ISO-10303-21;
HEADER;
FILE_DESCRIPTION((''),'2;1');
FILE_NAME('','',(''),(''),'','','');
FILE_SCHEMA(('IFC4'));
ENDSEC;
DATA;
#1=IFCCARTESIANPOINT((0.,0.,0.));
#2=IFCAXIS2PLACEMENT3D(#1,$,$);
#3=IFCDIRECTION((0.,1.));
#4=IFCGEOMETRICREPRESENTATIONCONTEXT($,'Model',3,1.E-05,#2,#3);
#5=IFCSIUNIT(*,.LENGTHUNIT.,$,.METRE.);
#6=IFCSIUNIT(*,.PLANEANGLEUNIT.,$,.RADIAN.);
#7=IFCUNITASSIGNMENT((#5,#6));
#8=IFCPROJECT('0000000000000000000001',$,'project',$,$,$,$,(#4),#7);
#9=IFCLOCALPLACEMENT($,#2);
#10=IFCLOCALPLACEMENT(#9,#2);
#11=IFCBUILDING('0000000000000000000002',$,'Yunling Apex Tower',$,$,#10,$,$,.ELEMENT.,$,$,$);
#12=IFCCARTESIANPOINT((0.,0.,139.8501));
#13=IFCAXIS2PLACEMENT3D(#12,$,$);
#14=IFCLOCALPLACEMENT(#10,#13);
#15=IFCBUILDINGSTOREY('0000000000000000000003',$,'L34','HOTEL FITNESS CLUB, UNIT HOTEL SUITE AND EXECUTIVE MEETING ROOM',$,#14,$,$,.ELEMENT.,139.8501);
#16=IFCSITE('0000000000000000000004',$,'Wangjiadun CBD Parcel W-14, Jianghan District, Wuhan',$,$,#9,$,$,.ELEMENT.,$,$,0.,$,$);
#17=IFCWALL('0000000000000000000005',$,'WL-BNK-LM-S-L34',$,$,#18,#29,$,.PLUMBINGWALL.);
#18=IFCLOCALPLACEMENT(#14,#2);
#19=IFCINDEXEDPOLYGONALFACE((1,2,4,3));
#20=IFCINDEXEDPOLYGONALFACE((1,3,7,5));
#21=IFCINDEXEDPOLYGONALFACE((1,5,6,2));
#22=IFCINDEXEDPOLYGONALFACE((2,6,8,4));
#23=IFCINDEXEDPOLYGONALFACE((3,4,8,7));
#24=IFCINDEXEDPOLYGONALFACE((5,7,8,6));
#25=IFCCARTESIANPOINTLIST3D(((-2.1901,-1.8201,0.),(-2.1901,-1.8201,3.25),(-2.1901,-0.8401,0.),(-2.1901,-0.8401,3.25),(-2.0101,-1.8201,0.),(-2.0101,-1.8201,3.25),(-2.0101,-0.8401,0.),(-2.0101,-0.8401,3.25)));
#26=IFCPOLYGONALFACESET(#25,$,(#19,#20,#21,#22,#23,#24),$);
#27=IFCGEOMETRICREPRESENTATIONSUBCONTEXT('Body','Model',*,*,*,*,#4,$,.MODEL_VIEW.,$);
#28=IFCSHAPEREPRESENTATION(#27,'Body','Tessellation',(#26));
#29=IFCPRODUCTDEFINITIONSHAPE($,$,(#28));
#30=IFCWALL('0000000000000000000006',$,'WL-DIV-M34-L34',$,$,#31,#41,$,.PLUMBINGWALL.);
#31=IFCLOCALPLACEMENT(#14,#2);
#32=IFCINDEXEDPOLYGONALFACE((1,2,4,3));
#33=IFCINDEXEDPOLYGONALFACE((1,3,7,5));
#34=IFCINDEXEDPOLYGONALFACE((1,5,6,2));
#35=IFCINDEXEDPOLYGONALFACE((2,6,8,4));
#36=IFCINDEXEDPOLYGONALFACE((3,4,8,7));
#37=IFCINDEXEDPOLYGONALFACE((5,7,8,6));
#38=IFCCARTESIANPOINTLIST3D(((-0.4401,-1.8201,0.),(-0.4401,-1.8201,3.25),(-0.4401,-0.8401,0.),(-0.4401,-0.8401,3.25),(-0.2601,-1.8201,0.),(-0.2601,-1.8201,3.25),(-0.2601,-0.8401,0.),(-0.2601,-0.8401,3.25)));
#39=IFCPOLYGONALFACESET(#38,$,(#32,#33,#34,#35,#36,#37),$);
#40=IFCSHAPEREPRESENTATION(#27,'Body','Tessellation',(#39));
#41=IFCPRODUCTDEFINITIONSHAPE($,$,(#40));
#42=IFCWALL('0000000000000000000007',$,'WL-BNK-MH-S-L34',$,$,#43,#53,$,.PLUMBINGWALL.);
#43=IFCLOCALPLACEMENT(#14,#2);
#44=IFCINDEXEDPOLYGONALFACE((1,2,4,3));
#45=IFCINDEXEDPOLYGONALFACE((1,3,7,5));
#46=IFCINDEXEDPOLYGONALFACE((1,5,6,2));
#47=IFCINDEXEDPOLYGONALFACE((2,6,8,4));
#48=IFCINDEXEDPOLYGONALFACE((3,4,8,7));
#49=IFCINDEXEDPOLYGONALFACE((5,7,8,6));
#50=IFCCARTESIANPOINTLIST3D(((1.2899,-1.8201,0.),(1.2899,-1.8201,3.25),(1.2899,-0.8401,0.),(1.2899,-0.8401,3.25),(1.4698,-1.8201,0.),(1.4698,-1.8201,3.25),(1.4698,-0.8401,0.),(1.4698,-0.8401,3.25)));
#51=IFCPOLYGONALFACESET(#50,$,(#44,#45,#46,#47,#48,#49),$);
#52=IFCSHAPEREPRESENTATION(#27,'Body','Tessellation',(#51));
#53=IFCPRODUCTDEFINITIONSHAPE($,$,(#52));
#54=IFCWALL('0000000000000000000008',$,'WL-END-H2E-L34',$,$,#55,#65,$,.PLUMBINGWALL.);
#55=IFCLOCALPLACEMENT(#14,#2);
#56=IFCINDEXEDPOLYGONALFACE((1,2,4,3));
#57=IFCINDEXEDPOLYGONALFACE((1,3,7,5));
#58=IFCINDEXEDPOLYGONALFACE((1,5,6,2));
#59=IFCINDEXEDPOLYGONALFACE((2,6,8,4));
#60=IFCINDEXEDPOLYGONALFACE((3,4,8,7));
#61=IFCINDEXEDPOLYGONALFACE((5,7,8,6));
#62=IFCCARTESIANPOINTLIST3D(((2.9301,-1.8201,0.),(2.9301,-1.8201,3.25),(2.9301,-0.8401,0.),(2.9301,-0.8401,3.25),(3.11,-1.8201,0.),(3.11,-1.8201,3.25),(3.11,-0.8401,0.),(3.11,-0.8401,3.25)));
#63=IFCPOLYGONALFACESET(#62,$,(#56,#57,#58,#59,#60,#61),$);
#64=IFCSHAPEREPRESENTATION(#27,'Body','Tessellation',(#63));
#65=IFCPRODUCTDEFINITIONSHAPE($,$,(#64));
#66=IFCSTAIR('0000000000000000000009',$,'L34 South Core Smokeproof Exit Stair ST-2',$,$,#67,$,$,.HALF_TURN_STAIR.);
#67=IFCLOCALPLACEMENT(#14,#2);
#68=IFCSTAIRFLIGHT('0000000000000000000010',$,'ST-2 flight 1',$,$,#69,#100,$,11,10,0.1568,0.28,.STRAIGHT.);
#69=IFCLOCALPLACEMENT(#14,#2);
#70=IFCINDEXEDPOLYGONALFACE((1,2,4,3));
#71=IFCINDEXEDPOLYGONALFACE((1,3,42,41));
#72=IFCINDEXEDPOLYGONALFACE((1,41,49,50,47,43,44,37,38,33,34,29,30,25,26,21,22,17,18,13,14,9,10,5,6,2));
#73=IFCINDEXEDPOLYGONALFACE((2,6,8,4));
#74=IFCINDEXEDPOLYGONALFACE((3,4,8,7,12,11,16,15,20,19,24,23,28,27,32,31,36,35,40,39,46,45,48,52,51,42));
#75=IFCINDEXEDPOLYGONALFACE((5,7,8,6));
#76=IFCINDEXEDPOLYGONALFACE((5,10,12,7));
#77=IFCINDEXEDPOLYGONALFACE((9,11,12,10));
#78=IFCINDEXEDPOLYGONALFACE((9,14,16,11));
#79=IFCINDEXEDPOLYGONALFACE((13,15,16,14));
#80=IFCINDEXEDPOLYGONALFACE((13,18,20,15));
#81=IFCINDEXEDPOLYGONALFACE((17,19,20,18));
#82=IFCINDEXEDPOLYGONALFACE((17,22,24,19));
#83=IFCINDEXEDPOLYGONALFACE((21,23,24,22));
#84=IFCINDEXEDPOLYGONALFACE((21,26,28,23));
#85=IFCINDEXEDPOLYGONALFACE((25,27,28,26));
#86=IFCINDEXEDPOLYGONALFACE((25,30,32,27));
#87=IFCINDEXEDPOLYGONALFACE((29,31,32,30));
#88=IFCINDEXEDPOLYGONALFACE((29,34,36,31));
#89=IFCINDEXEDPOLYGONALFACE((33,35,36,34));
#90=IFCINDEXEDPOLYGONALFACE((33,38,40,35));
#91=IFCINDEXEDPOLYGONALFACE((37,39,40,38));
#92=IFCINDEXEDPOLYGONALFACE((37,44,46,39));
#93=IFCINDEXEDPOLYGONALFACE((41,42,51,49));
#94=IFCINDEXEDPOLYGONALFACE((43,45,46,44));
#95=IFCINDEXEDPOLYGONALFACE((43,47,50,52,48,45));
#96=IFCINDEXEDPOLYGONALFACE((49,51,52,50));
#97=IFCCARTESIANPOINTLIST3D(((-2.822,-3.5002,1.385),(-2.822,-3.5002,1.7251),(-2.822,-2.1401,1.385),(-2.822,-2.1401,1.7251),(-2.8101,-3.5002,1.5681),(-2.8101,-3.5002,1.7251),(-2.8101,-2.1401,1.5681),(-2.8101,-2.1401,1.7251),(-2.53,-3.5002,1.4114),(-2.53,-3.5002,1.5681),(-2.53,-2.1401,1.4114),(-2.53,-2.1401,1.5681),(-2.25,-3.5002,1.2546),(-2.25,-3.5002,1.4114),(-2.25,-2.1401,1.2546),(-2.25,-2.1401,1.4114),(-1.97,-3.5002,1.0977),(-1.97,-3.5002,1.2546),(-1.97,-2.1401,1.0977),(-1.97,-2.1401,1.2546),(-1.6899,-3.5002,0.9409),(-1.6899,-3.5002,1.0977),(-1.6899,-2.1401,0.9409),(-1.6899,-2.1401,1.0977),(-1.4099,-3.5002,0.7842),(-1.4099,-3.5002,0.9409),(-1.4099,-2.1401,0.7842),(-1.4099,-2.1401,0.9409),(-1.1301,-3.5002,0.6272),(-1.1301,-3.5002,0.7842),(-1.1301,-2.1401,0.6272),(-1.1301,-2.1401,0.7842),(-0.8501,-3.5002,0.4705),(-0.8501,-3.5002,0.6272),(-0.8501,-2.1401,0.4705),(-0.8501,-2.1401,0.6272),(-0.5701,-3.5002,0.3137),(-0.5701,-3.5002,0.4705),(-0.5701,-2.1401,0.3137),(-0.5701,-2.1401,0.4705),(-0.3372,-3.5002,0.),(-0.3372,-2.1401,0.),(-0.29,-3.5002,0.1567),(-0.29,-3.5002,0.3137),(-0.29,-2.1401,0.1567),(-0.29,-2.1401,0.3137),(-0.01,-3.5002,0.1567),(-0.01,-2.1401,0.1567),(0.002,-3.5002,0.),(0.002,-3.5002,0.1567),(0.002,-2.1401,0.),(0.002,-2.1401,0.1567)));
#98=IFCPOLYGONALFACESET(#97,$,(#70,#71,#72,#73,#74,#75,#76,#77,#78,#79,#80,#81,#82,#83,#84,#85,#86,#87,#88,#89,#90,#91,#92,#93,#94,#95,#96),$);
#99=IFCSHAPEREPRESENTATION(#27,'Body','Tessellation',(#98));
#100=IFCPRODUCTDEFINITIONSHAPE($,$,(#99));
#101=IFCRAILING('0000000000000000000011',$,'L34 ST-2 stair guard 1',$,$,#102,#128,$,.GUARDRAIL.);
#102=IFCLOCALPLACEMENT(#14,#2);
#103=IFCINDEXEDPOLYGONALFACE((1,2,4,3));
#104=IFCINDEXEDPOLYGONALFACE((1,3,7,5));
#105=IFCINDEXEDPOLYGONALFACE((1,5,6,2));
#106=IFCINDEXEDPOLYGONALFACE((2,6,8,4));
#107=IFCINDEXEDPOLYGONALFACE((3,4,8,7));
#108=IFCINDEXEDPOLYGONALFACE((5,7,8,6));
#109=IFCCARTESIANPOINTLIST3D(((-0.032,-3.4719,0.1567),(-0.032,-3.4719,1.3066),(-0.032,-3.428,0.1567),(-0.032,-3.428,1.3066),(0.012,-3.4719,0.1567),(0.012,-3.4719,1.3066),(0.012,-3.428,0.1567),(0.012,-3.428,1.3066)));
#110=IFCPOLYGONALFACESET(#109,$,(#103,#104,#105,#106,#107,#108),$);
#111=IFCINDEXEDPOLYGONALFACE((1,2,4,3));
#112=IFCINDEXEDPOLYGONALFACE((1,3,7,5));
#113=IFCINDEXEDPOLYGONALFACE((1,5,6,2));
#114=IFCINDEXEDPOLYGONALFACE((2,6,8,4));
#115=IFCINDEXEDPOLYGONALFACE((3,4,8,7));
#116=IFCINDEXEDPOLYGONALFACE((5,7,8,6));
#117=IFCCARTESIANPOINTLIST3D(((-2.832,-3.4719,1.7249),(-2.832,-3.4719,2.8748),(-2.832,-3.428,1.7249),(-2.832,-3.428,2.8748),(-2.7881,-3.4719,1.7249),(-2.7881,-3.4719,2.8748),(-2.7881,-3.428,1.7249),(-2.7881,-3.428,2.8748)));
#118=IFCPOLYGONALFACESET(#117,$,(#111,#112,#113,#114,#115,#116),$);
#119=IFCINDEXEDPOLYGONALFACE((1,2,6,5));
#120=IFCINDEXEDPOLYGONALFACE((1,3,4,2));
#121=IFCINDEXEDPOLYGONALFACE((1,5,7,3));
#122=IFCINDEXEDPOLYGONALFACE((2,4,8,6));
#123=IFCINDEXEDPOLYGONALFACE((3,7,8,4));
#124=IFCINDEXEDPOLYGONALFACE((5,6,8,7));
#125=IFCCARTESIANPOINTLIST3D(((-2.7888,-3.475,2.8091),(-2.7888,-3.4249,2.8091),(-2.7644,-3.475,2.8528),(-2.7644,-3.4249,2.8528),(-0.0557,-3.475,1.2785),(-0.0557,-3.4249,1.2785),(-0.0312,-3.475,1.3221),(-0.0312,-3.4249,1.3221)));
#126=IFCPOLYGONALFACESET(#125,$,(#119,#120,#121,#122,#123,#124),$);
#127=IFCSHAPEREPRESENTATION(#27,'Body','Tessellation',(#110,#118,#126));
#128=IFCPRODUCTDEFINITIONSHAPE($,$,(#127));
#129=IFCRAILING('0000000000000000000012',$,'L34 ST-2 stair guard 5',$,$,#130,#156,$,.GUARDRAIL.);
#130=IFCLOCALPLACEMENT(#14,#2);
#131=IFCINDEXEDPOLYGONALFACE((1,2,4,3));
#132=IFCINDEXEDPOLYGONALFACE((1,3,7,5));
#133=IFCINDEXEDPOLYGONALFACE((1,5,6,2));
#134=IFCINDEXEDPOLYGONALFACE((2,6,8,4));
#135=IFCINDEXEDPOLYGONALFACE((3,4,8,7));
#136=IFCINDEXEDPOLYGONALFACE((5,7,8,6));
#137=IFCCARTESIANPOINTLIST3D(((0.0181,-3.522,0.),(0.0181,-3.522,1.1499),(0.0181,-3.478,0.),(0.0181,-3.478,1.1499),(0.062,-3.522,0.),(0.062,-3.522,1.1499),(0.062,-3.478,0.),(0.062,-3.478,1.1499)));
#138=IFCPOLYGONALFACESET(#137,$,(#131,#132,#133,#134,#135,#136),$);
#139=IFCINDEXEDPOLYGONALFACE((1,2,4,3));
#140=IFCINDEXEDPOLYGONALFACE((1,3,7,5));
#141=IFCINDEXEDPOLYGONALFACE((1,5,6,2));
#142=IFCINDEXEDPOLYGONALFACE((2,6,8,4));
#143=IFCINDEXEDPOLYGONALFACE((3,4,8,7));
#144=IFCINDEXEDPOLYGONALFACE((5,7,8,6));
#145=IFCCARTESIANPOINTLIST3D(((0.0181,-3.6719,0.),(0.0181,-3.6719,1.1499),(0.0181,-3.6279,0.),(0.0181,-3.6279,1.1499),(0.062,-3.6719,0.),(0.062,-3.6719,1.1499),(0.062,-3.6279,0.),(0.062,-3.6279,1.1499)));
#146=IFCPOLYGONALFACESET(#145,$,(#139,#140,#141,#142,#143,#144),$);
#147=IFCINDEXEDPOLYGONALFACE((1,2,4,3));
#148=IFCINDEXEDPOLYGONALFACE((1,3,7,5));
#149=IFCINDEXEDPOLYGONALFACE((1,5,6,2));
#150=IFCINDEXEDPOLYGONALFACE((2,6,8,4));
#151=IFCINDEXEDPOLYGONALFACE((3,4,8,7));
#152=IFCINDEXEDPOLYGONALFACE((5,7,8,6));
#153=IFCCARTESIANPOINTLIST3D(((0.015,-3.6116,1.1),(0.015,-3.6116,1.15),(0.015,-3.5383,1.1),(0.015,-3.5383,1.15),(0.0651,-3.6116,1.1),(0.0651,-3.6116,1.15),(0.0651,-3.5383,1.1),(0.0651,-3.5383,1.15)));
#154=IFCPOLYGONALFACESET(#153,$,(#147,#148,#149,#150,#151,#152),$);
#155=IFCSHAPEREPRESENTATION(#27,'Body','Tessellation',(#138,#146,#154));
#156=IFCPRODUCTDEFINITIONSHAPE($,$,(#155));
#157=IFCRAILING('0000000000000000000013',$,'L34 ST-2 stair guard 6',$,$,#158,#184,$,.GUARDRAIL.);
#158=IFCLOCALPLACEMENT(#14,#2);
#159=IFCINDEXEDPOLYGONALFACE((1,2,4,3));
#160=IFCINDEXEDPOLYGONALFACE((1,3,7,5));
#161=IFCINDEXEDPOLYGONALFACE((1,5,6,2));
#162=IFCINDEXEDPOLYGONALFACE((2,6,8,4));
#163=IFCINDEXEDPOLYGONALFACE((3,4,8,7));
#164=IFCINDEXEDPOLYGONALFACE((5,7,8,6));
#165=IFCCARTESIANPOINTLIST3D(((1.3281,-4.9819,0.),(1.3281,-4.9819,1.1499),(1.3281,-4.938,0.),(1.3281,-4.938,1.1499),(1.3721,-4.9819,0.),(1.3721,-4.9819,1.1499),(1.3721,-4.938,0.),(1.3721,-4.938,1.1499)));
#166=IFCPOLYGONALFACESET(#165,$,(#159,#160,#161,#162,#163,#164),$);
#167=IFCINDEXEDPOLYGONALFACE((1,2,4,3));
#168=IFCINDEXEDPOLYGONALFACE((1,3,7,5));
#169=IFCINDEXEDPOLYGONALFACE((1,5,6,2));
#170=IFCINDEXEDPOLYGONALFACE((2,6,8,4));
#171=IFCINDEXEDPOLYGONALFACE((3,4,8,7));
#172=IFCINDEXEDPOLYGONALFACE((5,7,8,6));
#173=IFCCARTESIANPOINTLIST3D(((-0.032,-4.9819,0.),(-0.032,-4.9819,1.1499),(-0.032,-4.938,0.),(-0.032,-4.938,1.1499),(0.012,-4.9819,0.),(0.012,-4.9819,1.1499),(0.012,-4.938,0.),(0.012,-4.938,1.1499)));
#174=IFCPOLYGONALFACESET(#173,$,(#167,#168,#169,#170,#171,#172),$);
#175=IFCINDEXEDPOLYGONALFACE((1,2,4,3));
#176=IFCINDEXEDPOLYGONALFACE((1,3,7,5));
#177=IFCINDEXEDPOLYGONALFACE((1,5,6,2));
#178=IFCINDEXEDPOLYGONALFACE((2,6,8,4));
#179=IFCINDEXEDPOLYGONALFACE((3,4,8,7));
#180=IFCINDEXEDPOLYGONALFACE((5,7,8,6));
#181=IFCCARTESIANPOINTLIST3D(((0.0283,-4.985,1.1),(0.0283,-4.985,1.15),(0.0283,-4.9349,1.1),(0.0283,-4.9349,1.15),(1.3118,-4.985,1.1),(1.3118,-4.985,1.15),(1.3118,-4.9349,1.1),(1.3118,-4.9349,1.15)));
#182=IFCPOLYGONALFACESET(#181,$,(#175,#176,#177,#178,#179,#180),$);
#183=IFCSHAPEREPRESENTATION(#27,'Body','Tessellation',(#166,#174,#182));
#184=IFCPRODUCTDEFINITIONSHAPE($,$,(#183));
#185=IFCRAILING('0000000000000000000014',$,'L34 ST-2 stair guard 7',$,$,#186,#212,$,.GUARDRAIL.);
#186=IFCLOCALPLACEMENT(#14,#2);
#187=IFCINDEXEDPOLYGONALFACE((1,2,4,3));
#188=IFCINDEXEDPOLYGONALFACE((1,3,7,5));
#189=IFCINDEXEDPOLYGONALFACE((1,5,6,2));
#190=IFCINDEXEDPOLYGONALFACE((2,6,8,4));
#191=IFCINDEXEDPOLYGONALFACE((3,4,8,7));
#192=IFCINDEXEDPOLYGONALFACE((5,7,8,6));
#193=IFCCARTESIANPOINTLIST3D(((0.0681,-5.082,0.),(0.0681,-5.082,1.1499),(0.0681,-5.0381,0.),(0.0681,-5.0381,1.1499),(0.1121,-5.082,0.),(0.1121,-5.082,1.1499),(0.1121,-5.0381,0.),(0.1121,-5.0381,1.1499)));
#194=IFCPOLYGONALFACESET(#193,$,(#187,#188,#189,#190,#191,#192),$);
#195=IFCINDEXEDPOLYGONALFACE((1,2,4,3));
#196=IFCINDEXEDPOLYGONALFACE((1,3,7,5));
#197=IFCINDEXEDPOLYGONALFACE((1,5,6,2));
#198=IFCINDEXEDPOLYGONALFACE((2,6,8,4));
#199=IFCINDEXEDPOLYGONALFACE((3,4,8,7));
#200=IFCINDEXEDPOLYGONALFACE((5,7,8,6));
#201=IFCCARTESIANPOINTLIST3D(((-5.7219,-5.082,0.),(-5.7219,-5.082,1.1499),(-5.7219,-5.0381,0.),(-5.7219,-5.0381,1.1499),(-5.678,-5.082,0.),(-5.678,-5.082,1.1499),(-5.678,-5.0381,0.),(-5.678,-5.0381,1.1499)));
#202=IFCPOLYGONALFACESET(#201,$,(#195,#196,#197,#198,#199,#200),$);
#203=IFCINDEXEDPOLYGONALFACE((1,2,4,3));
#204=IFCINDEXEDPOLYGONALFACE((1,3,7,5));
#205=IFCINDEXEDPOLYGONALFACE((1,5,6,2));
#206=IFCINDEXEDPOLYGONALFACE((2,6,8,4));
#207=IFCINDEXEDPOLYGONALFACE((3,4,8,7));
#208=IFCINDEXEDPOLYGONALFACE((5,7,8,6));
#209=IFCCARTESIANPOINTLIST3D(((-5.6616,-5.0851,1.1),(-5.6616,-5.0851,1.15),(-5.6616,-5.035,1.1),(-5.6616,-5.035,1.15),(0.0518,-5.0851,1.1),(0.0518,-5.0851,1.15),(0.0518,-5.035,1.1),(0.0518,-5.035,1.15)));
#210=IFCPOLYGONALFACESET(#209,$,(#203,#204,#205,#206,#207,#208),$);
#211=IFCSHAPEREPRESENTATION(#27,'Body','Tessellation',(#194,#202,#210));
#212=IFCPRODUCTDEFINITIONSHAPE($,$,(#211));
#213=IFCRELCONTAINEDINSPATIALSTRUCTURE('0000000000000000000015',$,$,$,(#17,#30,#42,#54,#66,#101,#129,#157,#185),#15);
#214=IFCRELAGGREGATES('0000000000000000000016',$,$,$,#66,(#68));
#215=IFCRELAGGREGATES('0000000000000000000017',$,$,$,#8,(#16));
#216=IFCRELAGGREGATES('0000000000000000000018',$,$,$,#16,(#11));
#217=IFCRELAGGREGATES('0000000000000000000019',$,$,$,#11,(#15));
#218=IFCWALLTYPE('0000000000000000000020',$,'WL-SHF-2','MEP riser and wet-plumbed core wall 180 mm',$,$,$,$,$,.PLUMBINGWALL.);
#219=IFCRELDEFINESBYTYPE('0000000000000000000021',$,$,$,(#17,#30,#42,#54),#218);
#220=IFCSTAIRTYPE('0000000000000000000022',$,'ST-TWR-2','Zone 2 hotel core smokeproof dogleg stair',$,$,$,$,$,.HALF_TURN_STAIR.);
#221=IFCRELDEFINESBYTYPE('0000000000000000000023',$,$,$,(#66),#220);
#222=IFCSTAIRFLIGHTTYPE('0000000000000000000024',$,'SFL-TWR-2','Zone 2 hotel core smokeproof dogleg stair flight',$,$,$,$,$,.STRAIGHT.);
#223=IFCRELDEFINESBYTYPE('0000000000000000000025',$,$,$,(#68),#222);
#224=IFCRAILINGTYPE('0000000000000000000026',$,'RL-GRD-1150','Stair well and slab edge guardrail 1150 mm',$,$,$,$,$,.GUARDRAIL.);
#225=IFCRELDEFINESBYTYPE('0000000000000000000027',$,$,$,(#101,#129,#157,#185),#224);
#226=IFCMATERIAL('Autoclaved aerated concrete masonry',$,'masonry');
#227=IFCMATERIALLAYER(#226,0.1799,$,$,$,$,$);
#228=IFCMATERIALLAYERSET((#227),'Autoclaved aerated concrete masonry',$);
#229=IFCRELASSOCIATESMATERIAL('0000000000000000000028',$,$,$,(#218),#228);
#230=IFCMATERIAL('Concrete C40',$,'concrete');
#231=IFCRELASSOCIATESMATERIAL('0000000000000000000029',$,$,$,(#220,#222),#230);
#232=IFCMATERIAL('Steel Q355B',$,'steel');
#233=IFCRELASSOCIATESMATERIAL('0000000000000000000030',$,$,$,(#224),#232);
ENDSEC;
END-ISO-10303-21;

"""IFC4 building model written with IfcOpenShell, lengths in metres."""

from ifc_helpers import new_model, si_unit, direction, frame, frame_2d, origin, origin_2d, place, context, subcontext, project, spatial, polyline, rectangle, outline, extrude, material, layer, layer_set, type_object, element, aggregate, save


model = new_model("IFC4")

# Units and contexts
model_context = context("Model", 3, precision=1e-05, world=origin(), true_north=direction((0.0, 1.0)))
body_context = subcontext(model_context, "Body", "Model", "MODEL_VIEW")
ifc_project = project(units=[si_unit("LENGTHUNIT", "METRE"), si_unit("PLANEANGLEUNIT", "RADIAN")], contexts=[model_context])

# Site, building, storey
site_placement = place(None, origin())
site = spatial("IfcSite", under=ifc_project, at=site_placement, Name="Wangjiadun CBD Parcel W-14, Jianghan District, Wuhan", CompositionType="ELEMENT", RefElevation=0.0)
building_placement = place(site_placement, origin())
building = spatial("IfcBuilding", under=site, at=building_placement, Name="Yunling Apex Tower", CompositionType="ELEMENT")
storey_placement = place(building_placement, frame((0.0, 0.0, 139.8501)))
storey = spatial("IfcBuildingStorey", under=building, at=storey_placement, Name="L34", Description="HOTEL FITNESS CLUB, UNIT HOTEL SUITE AND EXECUTIVE MEETING ROOM", CompositionType="ELEMENT", Elevation=139.8501)

# Shared definitions
ifc_material_1 = material(Name="Concrete C40", Category="concrete")

# Shared definitions
ifc_material_2 = material(Name="Autoclaved aerated concrete masonry", Category="masonry")
ifc_material_3 = material(Name="Steel Q355B", Category="steel")

# Walls
ifc_layer_1 = layer(ifc_material_2, 0.1799)
ifc_layer_set_1 = layer_set([ifc_layer_1], Name="Autoclaved aerated concrete masonry")
wall_type_1 = type_object("IfcWallType", Name="WL-SHF-2", Description="MEP riser and wet-plumbed core wall 180 mm", PredefinedType="PLUMBINGWALL", material=ifc_layer_set_1)
for number, where, z_axis, x_axis, name in (
    (1, (-2.1001, -1.8201, 0.0), (0.0, 0.0, 1.0), (0.0, 1.0, 0.0), "WL-BNK-LM-S-L34"),
    (2, (-0.3501, -1.8201, 0.0), (0.0, 0.0, 1.0), (0.0, 1.0, 0.0), "WL-DIV-M34-L34"),
    (3, (1.3799, -1.8201, 0.0), (0.0, 0.0, 1.0), (0.0, 1.0, 0.0), "WL-BNK-MH-S-L34"),
    (4, (3.02, -1.8201, 0.0), (0.0, 0.0, 1.0), (0.0, 1.0, 0.0), "WL-END-H2E-L34"),
):
    element("IfcWall", number, at=place(storey_placement, frame(where, z_axis=z_axis, x_axis=x_axis)), inside=storey, type_object=wall_type_1, Name=name, PredefinedType="PLUMBINGWALL", context=body_context, shape_type="SweptSolid", body=[
        extrude(rectangle(XDim=0.98, YDim=0.1799, at=frame_2d((0.49, 0.0))), origin(), (0.0, 0.0, 1.0), 3.25),
    ])

# Stair, stair flight
stair_type = type_object("IfcStairType", Name="ST-TWR-2", Description="Zone 2 hotel core smokeproof dogleg stair", PredefinedType="HALF_TURN_STAIR", material=ifc_material_1)
stair_placement = place(storey_placement, origin())
stair = element("IfcStair", 5, at=stair_placement, inside=storey, type_object=stair_type, Name="L34 South Core Smokeproof Exit Stair ST-2", PredefinedType="HALF_TURN_STAIR")
stair_flight_type = type_object("IfcStairFlightType", Name="SFL-TWR-2", Description="Zone 2 hotel core smokeproof dogleg stair flight", PredefinedType="STRAIGHT", material=ifc_material_1)
stair_flight_placement = place(storey_placement, frame((-0.01, -2.8201, 0.0), z_axis=(0.0, 0.0, 1.0), x_axis=(-1.0, 0.0, 0.0)))
stair_flight = element("IfcStairFlight", 6, at=stair_flight_placement, type_object=stair_flight_type, Name="ST-2 flight 1", NumberOfRisers=11, NumberOfTreads=10, PredefinedType="STRAIGHT", RiserHeight=0.1568, TreadLength=0.28, context=body_context, shape_type="SweptSolid", body=[
    extrude(outline(polyline([(-0.012, 0.0), (-0.012, 0.1567), (0.0, 0.1567), (0.28, 0.1567), (0.28, 0.3137), (0.5601, 0.3137), (0.5601, 0.4705), (0.8401, 0.4705), (0.8401, 0.6272), (1.1201, 0.6272), (1.1201, 0.7842), (1.3999, 0.7842), (1.3999, 0.9409), (1.6799, 0.9409), (1.6799, 1.0977), (1.96, 1.0977), (1.96, 1.2546), (2.24, 1.2546), (2.24, 1.4114), (2.52, 1.4114), (2.52, 1.5681), (2.8, 1.5681), (2.8, 1.7251), (2.812, 1.7251), (2.812, 1.385), (0.3271, 0.0), (-0.012, 0.0)])), frame((0.0, 0.6802, 0.0), z_axis=(0.0, -1.0, 0.0), x_axis=(1.0, 0.0, 0.0)), (0.0, 0.0, 1.0), 1.3601),
])
aggregate(stair, [stair_flight])

# Railings
railing_type_1 = type_object("IfcRailingType", Name="RL-GRD-1150", Description="Stair well and slab edge guardrail 1150 mm", PredefinedType="GUARDRAIL", material=ifc_material_3)
railing_1_placement = place(storey_placement, frame((-0.01, -3.45, 0.1567)))
element("IfcRailing", 7, at=railing_1_placement, inside=storey, type_object=railing_type_1, Name="L34 ST-2 stair guard 1", PredefinedType="GUARDRAIL", context=body_context, shape_type="SweptSolid", body=[
    extrude(rectangle(XDim=0.0439, YDim=0.0439, at=origin_2d()), origin(), (0.0, 0.0, 1.0), 1.1499),
    extrude(rectangle(XDim=0.0439, YDim=0.0439, at=origin_2d()), frame((-2.8, 0.0, 1.5681)), (0.0, 0.0, 1.0), 1.1499),
    extrude(rectangle(XDim=0.05, YDim=0.05, at=origin_2d()), frame((-0.0334, 0.0, 1.1436), z_axis=(-0.872494, 0.0, 0.488624), x_axis=(0.0, -1.0, 0.0)), (0.0, 0.0, 1.0), 3.1326),
])
railing_2_placement = place(storey_placement, frame((0.04, -3.5, 0.0)))
element("IfcRailing", 8, at=railing_2_placement, inside=storey, type_object=railing_type_1, Name="L34 ST-2 stair guard 5", PredefinedType="GUARDRAIL", context=body_context, shape_type="SweptSolid", body=[
    extrude(rectangle(XDim=0.0439, YDim=0.0439, at=origin_2d()), origin(), (0.0, 0.0, 1.0), 1.1499),
    extrude(rectangle(XDim=0.0439, YDim=0.0439, at=origin_2d()), frame((0.0, -0.1499, 0.0)), (0.0, 0.0, 1.0), 1.1499),
    extrude(rectangle(XDim=0.05, YDim=0.05, at=origin_2d()), frame((0.0, -0.0383, 1.125), z_axis=(0.0, -1.0, 0.0), x_axis=(1.0, 0.0, 0.0)), (0.0, 0.0, 1.0), 0.0732),
])
railing_3_placement = place(storey_placement, frame((1.3501, -4.96, 0.0)))
element("IfcRailing", 9, at=railing_3_placement, inside=storey, type_object=railing_type_1, Name="L34 ST-2 stair guard 6", PredefinedType="GUARDRAIL", context=body_context, shape_type="SweptSolid", body=[
    extrude(rectangle(XDim=0.0439, YDim=0.0439, at=origin_2d()), origin(), (0.0, 0.0, 1.0), 1.1499),
    extrude(rectangle(XDim=0.0439, YDim=0.0439, at=origin_2d()), frame((-1.3601, 0.0, 0.0)), (0.0, 0.0, 1.0), 1.1499),
    extrude(rectangle(XDim=0.05, YDim=0.05, at=origin_2d()), frame((-0.0383, 0.0, 1.125), z_axis=(-1.0, 0.0, 0.0), x_axis=(0.0, -1.0, 0.0)), (0.0, 0.0, 1.0), 1.2834),
])
railing_4_placement = place(storey_placement, frame((0.0901, -5.0601, 0.0)))
element("IfcRailing", 10, at=railing_4_placement, inside=storey, type_object=railing_type_1, Name="L34 ST-2 stair guard 7", PredefinedType="GUARDRAIL", context=body_context, shape_type="SweptSolid", body=[
    extrude(rectangle(XDim=0.0439, YDim=0.0439, at=origin_2d()), origin(), (0.0, 0.0, 1.0), 1.1499),
    extrude(rectangle(XDim=0.0439, YDim=0.0439, at=origin_2d()), frame((-5.79, 0.0, 0.0)), (0.0, 0.0, 1.0), 1.1499),
    extrude(rectangle(XDim=0.05, YDim=0.05, at=origin_2d()), frame((-0.0383, 0.0, 1.125), z_axis=(-1.0, 0.0, 0.0), x_axis=(0.0, -1.0, 0.0)), (0.0, 0.0, 1.0), 5.7134),
])

save(model, "model.ifc")
